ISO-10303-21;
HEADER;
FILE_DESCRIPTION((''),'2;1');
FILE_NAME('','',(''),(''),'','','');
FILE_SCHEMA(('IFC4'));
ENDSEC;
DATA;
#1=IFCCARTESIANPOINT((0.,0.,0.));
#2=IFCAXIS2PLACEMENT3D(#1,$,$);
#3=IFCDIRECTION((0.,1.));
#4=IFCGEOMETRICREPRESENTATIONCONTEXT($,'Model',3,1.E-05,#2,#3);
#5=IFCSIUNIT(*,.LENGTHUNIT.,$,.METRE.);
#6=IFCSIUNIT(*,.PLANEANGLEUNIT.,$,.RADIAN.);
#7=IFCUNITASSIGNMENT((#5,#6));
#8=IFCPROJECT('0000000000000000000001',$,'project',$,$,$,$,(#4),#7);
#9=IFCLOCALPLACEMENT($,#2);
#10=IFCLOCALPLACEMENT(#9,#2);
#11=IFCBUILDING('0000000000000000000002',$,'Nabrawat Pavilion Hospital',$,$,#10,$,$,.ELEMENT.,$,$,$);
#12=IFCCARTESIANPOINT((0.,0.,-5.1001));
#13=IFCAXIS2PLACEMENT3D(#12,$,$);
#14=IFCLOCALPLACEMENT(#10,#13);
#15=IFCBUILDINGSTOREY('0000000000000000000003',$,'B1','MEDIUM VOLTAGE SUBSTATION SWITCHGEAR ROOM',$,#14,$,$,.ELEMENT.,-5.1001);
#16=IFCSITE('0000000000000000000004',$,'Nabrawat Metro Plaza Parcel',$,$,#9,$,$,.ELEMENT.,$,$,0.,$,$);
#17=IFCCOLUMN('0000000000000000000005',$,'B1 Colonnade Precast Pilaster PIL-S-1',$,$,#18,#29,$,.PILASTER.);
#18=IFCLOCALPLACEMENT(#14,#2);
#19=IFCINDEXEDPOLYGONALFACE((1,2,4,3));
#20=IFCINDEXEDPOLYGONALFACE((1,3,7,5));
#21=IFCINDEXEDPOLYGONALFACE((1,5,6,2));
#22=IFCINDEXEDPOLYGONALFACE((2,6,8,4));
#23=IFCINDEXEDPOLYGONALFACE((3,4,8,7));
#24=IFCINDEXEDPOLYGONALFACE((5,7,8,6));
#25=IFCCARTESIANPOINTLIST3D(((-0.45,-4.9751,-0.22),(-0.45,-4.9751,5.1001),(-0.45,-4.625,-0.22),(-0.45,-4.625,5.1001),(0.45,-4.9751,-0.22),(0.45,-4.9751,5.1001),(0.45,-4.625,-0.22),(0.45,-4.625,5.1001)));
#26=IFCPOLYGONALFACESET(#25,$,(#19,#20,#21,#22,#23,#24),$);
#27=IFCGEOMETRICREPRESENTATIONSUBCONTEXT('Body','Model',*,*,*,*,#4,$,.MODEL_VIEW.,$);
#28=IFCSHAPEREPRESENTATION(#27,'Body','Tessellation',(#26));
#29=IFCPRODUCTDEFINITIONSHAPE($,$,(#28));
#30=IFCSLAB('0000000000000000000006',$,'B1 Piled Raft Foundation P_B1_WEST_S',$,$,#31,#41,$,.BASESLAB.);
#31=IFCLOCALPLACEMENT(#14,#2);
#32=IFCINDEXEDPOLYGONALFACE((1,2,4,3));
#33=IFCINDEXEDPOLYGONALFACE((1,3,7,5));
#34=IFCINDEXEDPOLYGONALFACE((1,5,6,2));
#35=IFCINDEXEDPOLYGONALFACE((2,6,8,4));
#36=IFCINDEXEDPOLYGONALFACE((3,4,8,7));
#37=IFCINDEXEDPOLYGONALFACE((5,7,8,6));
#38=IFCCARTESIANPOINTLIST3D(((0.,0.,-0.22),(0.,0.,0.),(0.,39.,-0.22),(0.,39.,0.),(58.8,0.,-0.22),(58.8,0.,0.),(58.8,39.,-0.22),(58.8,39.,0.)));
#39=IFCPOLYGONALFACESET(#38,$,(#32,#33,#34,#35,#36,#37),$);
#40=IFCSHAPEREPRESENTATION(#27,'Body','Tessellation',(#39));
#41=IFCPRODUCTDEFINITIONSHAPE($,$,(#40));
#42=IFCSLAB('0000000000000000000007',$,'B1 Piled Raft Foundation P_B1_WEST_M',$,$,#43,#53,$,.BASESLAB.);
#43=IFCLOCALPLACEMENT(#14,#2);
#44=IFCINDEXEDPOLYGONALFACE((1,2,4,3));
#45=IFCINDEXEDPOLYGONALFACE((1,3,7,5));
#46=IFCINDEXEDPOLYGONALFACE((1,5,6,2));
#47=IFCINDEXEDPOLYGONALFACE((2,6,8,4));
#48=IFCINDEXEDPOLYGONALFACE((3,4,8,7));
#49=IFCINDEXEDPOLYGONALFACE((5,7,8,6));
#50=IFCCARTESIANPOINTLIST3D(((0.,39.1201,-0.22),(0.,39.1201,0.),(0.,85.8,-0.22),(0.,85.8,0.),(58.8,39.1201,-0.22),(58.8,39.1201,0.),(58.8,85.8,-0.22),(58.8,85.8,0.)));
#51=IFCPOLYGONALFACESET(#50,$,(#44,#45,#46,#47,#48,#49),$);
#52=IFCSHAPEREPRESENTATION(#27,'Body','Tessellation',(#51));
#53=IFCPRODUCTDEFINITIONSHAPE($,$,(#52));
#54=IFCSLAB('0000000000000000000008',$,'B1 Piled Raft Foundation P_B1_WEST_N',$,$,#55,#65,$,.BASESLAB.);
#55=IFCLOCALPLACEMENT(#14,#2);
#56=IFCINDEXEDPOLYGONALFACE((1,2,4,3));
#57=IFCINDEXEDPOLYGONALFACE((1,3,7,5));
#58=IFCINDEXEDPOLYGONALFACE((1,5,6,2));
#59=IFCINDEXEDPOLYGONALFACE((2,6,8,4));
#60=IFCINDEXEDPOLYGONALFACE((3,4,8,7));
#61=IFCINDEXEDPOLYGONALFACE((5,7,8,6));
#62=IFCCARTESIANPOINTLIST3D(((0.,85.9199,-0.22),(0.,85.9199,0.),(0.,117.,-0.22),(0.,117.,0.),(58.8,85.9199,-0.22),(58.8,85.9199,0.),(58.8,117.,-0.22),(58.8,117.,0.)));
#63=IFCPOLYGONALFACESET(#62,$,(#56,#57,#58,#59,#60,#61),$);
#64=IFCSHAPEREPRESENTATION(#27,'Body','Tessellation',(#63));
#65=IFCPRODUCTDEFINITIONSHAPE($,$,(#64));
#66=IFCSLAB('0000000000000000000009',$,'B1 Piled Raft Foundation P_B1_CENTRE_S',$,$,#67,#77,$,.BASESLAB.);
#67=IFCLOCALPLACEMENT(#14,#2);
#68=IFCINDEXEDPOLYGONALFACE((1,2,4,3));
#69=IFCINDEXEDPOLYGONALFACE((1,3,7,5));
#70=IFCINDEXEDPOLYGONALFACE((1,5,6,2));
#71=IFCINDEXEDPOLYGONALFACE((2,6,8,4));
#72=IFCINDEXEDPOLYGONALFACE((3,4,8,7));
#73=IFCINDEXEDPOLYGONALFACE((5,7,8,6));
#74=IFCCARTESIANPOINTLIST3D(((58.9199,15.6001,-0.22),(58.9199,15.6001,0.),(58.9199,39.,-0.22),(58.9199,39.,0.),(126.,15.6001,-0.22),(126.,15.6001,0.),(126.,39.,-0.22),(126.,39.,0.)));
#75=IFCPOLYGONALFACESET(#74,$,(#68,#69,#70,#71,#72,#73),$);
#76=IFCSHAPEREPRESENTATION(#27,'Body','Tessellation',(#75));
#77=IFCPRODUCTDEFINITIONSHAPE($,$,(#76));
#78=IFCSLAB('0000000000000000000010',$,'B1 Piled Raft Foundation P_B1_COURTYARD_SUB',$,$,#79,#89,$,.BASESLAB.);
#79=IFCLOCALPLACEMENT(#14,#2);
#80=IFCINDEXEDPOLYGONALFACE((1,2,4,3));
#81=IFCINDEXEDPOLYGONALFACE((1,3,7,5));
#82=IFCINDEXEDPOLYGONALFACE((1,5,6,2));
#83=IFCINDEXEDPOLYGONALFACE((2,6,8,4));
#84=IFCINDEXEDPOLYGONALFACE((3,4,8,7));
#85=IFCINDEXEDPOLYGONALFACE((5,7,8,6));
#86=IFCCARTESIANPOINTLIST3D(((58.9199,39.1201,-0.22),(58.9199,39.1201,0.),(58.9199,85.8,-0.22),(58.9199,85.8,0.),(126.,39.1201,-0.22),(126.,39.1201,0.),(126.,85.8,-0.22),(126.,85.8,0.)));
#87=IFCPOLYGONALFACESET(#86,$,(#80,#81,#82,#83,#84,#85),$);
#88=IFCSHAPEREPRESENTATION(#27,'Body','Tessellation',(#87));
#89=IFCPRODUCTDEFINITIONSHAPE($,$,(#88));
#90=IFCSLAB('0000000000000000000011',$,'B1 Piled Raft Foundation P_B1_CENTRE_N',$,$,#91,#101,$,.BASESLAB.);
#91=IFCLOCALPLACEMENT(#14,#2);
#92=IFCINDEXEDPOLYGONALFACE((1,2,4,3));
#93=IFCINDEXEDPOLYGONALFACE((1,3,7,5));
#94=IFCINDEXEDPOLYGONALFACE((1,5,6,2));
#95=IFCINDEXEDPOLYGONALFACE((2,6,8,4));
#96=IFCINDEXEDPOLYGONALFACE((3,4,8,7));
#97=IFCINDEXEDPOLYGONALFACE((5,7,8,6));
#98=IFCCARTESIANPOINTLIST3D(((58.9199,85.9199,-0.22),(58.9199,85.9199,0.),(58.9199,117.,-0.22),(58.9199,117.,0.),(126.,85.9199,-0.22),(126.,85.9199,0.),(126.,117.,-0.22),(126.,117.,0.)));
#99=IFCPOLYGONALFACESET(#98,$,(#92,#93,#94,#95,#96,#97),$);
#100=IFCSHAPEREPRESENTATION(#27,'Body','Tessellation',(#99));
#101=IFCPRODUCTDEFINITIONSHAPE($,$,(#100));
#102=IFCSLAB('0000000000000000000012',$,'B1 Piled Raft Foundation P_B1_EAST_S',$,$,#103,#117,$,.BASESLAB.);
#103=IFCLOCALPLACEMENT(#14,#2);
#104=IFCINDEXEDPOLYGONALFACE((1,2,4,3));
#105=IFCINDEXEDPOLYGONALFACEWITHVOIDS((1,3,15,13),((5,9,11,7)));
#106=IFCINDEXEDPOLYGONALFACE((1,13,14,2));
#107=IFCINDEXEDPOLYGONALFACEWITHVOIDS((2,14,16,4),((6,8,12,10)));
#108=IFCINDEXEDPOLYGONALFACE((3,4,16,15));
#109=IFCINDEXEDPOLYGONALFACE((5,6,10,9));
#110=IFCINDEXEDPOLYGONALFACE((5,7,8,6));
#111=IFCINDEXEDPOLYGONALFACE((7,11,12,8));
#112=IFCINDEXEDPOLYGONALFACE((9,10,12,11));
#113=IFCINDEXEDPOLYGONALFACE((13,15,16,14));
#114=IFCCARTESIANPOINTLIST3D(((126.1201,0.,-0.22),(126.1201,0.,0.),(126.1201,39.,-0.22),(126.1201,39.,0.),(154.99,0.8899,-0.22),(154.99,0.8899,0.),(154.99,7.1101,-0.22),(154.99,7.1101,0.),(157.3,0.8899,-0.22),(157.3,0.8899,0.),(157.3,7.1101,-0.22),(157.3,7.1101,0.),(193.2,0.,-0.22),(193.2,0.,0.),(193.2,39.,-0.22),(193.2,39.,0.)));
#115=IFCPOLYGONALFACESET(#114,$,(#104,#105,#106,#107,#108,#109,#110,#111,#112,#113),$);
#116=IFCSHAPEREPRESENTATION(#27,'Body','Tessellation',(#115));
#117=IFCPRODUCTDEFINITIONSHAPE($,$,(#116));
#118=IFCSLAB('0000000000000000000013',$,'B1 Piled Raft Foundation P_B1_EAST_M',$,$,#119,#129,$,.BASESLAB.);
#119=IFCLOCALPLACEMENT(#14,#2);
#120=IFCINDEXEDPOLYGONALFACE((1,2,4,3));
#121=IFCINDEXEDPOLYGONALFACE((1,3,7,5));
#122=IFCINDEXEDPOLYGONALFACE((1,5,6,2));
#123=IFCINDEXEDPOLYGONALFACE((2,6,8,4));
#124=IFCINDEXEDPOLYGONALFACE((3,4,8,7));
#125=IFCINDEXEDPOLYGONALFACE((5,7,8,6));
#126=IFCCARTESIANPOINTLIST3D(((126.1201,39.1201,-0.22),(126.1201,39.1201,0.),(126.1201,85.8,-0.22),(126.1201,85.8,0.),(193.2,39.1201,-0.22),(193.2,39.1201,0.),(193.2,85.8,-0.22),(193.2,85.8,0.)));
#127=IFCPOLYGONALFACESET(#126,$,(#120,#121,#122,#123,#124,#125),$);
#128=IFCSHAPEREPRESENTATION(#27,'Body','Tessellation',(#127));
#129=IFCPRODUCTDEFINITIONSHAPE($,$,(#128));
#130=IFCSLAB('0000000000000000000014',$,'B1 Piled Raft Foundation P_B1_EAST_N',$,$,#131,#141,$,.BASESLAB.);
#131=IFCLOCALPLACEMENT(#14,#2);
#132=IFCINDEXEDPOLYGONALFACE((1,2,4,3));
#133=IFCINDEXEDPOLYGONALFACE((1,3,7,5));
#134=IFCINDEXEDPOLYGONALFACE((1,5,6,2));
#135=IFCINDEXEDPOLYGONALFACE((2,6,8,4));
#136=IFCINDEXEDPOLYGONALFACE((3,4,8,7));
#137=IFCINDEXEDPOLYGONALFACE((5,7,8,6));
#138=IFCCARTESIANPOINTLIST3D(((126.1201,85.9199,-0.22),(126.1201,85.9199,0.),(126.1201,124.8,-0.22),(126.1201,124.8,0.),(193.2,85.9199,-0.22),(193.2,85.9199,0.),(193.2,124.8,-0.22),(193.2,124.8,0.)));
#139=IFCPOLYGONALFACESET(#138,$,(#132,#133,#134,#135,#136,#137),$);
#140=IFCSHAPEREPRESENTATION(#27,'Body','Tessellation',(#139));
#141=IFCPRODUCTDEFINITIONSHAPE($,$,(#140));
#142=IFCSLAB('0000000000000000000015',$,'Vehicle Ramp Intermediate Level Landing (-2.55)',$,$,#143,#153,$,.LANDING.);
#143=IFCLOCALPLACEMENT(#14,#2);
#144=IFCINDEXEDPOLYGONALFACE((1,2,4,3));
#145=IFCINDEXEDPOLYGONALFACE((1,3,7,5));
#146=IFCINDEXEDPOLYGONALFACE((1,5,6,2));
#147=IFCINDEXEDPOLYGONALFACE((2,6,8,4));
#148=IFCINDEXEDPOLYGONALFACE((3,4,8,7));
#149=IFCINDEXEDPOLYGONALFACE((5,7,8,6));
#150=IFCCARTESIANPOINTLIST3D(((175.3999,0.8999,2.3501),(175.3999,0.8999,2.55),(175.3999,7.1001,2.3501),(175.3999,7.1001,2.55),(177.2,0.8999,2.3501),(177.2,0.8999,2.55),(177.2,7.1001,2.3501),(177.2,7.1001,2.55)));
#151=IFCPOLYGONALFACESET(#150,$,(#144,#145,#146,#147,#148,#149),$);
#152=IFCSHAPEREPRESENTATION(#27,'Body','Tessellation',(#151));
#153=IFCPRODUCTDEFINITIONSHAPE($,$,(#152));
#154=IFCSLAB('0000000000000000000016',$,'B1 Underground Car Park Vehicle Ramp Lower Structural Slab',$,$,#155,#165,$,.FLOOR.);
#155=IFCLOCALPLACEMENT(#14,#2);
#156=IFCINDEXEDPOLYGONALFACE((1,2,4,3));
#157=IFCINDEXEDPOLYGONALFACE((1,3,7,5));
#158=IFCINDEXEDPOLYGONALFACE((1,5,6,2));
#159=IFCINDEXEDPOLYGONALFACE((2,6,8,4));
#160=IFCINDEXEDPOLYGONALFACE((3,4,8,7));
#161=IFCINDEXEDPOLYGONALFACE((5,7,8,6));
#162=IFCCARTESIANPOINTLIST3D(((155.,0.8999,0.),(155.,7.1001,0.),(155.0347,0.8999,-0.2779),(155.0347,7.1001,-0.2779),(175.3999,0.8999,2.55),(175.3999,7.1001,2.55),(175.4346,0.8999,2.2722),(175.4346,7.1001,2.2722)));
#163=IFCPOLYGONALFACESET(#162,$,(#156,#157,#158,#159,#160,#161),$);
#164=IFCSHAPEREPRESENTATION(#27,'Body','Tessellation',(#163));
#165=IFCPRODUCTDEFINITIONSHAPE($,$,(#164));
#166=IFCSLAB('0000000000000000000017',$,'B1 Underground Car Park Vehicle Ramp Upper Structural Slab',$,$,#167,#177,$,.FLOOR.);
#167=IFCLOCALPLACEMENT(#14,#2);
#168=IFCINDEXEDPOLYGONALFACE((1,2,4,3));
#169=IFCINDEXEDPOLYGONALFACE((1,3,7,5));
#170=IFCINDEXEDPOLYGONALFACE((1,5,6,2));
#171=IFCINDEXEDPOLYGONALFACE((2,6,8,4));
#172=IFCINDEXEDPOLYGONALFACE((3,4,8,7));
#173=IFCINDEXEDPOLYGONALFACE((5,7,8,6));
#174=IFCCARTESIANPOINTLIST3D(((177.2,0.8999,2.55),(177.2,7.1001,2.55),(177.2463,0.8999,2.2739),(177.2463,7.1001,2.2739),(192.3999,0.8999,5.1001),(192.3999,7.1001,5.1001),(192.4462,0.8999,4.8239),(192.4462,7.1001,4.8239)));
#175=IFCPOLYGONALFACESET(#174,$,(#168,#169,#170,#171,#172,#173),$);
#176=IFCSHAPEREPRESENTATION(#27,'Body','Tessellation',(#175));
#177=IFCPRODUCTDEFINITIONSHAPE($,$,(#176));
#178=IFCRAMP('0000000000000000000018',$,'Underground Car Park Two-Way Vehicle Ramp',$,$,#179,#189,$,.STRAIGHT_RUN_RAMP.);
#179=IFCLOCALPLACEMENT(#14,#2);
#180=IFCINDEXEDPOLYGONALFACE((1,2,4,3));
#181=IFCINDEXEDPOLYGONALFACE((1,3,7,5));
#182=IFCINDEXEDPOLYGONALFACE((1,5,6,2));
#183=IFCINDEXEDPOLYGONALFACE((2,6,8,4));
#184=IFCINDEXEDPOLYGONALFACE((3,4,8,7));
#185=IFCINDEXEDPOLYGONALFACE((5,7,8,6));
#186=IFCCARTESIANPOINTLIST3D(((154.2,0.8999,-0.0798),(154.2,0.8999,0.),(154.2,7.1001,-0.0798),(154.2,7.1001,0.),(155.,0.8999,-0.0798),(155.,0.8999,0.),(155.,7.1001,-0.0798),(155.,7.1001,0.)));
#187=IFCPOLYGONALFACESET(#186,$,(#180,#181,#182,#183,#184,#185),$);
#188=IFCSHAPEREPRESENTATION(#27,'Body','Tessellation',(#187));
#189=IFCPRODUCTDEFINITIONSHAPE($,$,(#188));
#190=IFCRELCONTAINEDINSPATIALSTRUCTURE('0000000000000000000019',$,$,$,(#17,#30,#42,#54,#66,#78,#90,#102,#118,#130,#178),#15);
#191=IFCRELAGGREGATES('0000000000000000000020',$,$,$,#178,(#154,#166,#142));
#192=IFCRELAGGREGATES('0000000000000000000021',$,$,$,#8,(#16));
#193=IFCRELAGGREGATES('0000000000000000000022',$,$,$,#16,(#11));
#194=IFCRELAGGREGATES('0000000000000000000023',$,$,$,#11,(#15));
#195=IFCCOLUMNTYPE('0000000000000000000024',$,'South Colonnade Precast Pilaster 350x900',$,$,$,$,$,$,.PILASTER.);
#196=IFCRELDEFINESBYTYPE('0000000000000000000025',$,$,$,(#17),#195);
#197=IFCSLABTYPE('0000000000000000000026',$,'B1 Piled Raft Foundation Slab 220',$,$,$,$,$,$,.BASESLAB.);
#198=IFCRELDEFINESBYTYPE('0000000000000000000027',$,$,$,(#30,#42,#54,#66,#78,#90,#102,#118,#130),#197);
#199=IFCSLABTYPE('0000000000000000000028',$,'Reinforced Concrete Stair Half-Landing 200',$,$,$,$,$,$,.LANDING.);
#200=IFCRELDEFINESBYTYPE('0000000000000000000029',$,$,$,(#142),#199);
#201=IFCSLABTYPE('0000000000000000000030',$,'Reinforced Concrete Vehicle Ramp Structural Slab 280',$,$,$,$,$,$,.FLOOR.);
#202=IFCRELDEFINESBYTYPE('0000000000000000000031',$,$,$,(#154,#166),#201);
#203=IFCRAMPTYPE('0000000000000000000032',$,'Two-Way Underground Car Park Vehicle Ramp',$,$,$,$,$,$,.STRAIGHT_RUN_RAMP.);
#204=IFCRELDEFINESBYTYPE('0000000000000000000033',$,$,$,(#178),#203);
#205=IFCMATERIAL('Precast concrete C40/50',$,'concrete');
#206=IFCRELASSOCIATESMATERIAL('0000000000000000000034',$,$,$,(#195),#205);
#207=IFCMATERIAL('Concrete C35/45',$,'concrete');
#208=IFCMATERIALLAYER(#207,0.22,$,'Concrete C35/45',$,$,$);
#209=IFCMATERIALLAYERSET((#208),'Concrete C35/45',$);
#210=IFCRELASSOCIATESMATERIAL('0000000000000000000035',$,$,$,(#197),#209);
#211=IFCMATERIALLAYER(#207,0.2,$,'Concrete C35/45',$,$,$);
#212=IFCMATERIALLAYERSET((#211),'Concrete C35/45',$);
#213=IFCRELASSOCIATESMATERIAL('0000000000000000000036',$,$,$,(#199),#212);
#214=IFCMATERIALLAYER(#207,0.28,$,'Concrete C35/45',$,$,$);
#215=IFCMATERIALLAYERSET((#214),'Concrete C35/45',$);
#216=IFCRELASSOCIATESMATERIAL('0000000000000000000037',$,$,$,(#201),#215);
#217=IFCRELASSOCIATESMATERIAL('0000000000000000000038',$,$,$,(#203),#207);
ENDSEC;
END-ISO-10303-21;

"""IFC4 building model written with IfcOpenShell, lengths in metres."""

from ifc_helpers import new_model, si_unit, direction, frame, origin, origin_2d, place, context, subcontext, project, spatial, polyline, rectangle, outline, extrude, material, layer, layer_set, material_profile, profile_set, type_object, element, aggregate, save


model = new_model("IFC4")

# Units and contexts
model_context = context("Model", 3, precision=1e-05, world=origin(), true_north=direction((0.0, 1.0)))
body_context = subcontext(model_context, "Body", "Model", "MODEL_VIEW")
ifc_project = project(units=[si_unit("LENGTHUNIT", "METRE"), si_unit("PLANEANGLEUNIT", "RADIAN")], contexts=[model_context])

# Site, building, storey
site_placement = place(None, origin())
site = spatial("IfcSite", under=ifc_project, at=site_placement, Name="Nabrawat Metro Plaza Parcel", CompositionType="ELEMENT", RefElevation=0.0)
building_placement = place(site_placement, origin())
building = spatial("IfcBuilding", under=site, at=building_placement, Name="Nabrawat Pavilion Hospital", CompositionType="ELEMENT")
storey_placement = place(building_placement, frame((0.0, 0.0, -5.1001)))
storey = spatial("IfcBuildingStorey", under=building, at=storey_placement, Name="B1", Description="MEDIUM VOLTAGE SUBSTATION SWITCHGEAR ROOM", CompositionType="ELEMENT", Elevation=-5.1001)

# Shared definitions
ifc_material_1 = material(Name="Concrete C35/45", Category="concrete")

# Column
ifc_material_2 = material(Name="Precast concrete C40/50", Category="concrete")
ifc_material_profile_1 = material_profile(ifc_material_2, rectangle(XDim=0.3501, YDim=0.8999, at=origin_2d()), Name="PC 350x900")
ifc_profile_set_1 = profile_set([ifc_material_profile_1], Name="Precast concrete C40/50")
column_type_1 = type_object("IfcColumnType", Name="South Colonnade Precast Pilaster 350x900", PredefinedType="PILASTER", material=ifc_profile_set_1)
column_1_placement = place(storey_placement, frame((0.0, -4.8, -0.22), z_axis=(0.0, 0.0, 1.0), x_axis=(0.0, 1.0, 0.0)))
element("IfcColumn", 1, at=column_1_placement, inside=storey, type_object=column_type_1, Name="B1 Colonnade Precast Pilaster PIL-S-1", PredefinedType="PILASTER", context=body_context, shape_type="SweptSolid", body=[
    extrude(rectangle(XDim=0.3501, YDim=0.8999, at=origin_2d()), origin(), (0.0, 0.0, 1.0), 5.3201),
])

# Slabs
ifc_layer_1 = layer(ifc_material_1, 0.22, Name="Concrete C35/45")
ifc_layer_set_1 = layer_set([ifc_layer_1], Name="Concrete C35/45")
slab_type_1 = type_object("IfcSlabType", Name="B1 Piled Raft Foundation Slab 220", PredefinedType="BASESLAB", material=ifc_layer_set_1)
slab_1_placement = place(storey_placement, frame((0.0, 0.0, -0.22)))
element("IfcSlab", 2, at=slab_1_placement, inside=storey, type_object=slab_type_1, Name="B1 Piled Raft Foundation P_B1_WEST_S", PredefinedType="BASESLAB", context=body_context, shape_type="SweptSolid", body=[
    extrude(outline(polyline([(58.8, 0.0), (58.8, 39.0), (0.0, 39.0), (0.0, 0.0), (58.8, 0.0)])), origin(), (0.0, 0.0, 1.0), 0.22),
])
slab_2_placement = place(storey_placement, frame((0.0, 0.0, -0.22)))
element("IfcSlab", 3, at=slab_2_placement, inside=storey, type_object=slab_type_1, Name="B1 Piled Raft Foundation P_B1_WEST_M", PredefinedType="BASESLAB", context=body_context, shape_type="SweptSolid", body=[
    extrude(outline(polyline([(58.8, 39.1201), (58.8, 85.8), (0.0, 85.8), (0.0, 39.1201), (58.8, 39.1201)])), origin(), (0.0, 0.0, 1.0), 0.22),
])
slab_3_placement = place(storey_placement, frame((0.0, 0.0, -0.22)))
element("IfcSlab", 4, at=slab_3_placement, inside=storey, type_object=slab_type_1, Name="B1 Piled Raft Foundation P_B1_WEST_N", PredefinedType="BASESLAB", context=body_context, shape_type="SweptSolid", body=[
    extrude(outline(polyline([(58.8, 85.9199), (58.8, 117.0), (0.0, 117.0), (0.0, 85.9199), (58.8, 85.9199)])), origin(), (0.0, 0.0, 1.0), 0.22),
])
slab_4_placement = place(storey_placement, frame((0.0, 0.0, -0.22)))
element("IfcSlab", 5, at=slab_4_placement, inside=storey, type_object=slab_type_1, Name="B1 Piled Raft Foundation P_B1_CENTRE_S", PredefinedType="BASESLAB", context=body_context, shape_type="SweptSolid", body=[
    extrude(outline(polyline([(126.0, 15.6001), (126.0, 39.0), (58.9199, 39.0), (58.9199, 15.6001), (126.0, 15.6001)])), origin(), (0.0, 0.0, 1.0), 0.22),
])
slab_5_placement = place(storey_placement, frame((0.0, 0.0, -0.22)))
element("IfcSlab", 6, at=slab_5_placement, inside=storey, type_object=slab_type_1, Name="B1 Piled Raft Foundation P_B1_COURTYARD_SUB", PredefinedType="BASESLAB", context=body_context, shape_type="SweptSolid", body=[
    extrude(outline(polyline([(126.0, 39.1201), (126.0, 85.8), (58.9199, 85.8), (58.9199, 39.1201), (126.0, 39.1201)])), origin(), (0.0, 0.0, 1.0), 0.22),
])
slab_6_placement = place(storey_placement, frame((0.0, 0.0, -0.22)))
element("IfcSlab", 7, at=slab_6_placement, inside=storey, type_object=slab_type_1, Name="B1 Piled Raft Foundation P_B1_CENTRE_N", PredefinedType="BASESLAB", context=body_context, shape_type="SweptSolid", body=[
    extrude(outline(polyline([(126.0, 85.9199), (126.0, 117.0), (58.9199, 117.0), (58.9199, 85.9199), (126.0, 85.9199)])), origin(), (0.0, 0.0, 1.0), 0.22),
])
slab_7_placement = place(storey_placement, frame((0.0, 0.0, -0.22)))
element("IfcSlab", 8, at=slab_7_placement, inside=storey, type_object=slab_type_1, Name="B1 Piled Raft Foundation P_B1_EAST_S", PredefinedType="BASESLAB", context=body_context, shape_type="SweptSolid", body=[
    extrude(outline(polyline([(126.1201, 0.0), (193.2, 0.0), (193.2, 39.0), (126.1201, 39.0), (126.1201, 0.0)]), holes=[polyline([(154.99, 0.8899), (154.99, 7.1101), (157.3, 7.1101), (157.3, 0.8899), (154.99, 0.8899)])]), origin(), (0.0, 0.0, 1.0), 0.22),
])
slab_8_placement = place(storey_placement, frame((0.0, 0.0, -0.22)))
element("IfcSlab", 9, at=slab_8_placement, inside=storey, type_object=slab_type_1, Name="B1 Piled Raft Foundation P_B1_EAST_M", PredefinedType="BASESLAB", context=body_context, shape_type="SweptSolid", body=[
    extrude(outline(polyline([(193.2, 39.1201), (193.2, 85.8), (126.1201, 85.8), (126.1201, 39.1201), (193.2, 39.1201)])), origin(), (0.0, 0.0, 1.0), 0.22),
])
slab_9_placement = place(storey_placement, frame((0.0, 0.0, -0.22)))
element("IfcSlab", 10, at=slab_9_placement, inside=storey, type_object=slab_type_1, Name="B1 Piled Raft Foundation P_B1_EAST_N", PredefinedType="BASESLAB", context=body_context, shape_type="SweptSolid", body=[
    extrude(outline(polyline([(193.2, 85.9199), (193.2, 124.8), (126.1201, 124.8), (126.1201, 85.9199), (193.2, 85.9199)])), origin(), (0.0, 0.0, 1.0), 0.22),
])

# Slabs
ifc_layer_2 = layer(ifc_material_1, 0.2, Name="Concrete C35/45")
ifc_layer_set_2 = layer_set([ifc_layer_2], Name="Concrete C35/45")
slab_type_2 = type_object("IfcSlabType", Name="Reinforced Concrete Stair Half-Landing 200", PredefinedType="LANDING", material=ifc_layer_set_2)
slab_10_placement = place(storey_placement, frame((0.0, 0.0, 2.3501)))
slab_10 = element("IfcSlab", 11, at=slab_10_placement, type_object=slab_type_2, Name="Vehicle Ramp Intermediate Level Landing (-2.55)", PredefinedType="LANDING", context=body_context, shape_type="SweptSolid", body=[
    extrude(outline(polyline([(177.2, 0.8999), (177.2, 7.1001), (175.3999, 7.1001), (175.3999, 0.8999), (177.2, 0.8999)])), origin(), (0.0, 0.0, 1.0), 0.2),
])
ifc_layer_3 = layer(ifc_material_1, 0.28, Name="Concrete C35/45")
ifc_layer_set_3 = layer_set([ifc_layer_3], Name="Concrete C35/45")
slab_type_3 = type_object("IfcSlabType", Name="Reinforced Concrete Vehicle Ramp Structural Slab 280", PredefinedType="FLOOR", material=ifc_layer_set_3)
slab_11_placement = place(storey_placement, frame((155.0, 0.8999, 0.0), z_axis=(-0.124038, 0.0, 0.992278), x_axis=(0.992278, 0.0, 0.124038)))
slab_11 = element("IfcSlab", 12, at=slab_11_placement, type_object=slab_type_3, Name="B1 Underground Car Park Vehicle Ramp Lower Structural Slab", PredefinedType="FLOOR", context=body_context, shape_type="SweptSolid", body=[
    extrude(outline(polyline([(0.0, 0.0), (20.5587, 0.0), (20.5587, 6.2002), (0.0, 6.2002), (0.0, 0.0)])), origin(), (0.0, 0.0, -1.0), 0.28),
])
slab_12_placement = place(storey_placement, frame((177.2, 0.8999, 2.55), z_axis=(-0.165455, 0.0, 0.986217), x_axis=(0.986217, 0.0, 0.165455)))
slab_12 = element("IfcSlab", 13, at=slab_12_placement, type_object=slab_type_3, Name="B1 Underground Car Park Vehicle Ramp Upper Structural Slab", PredefinedType="FLOOR", context=body_context, shape_type="SweptSolid", body=[
    extrude(outline(polyline([(0.0, 0.0), (15.4124, 0.0), (15.4124, 6.2002), (0.0, 6.2002), (0.0, 0.0)])), origin(), (0.0, 0.0, -1.0), 0.28),
])

# Ramp
ramp_type = type_object("IfcRampType", Name="Two-Way Underground Car Park Vehicle Ramp", PredefinedType="STRAIGHT_RUN_RAMP", material=ifc_material_1)
ramp_placement = place(storey_placement, frame((0.0, 0.0, -0.0798)))
ramp = element("IfcRamp", 14, at=ramp_placement, inside=storey, type_object=ramp_type, Name="Underground Car Park Two-Way Vehicle Ramp", PredefinedType="STRAIGHT_RUN_RAMP", context=body_context, shape_type="SweptSolid", body=[
    extrude(outline(polyline([(155.0, 0.8999), (155.0, 7.1001), (154.2, 7.1001), (154.2, 0.8999), (155.0, 0.8999)])), origin(), (0.0, 0.0, 1.0), 0.0798),
])
aggregate(ramp, [slab_11, slab_12, slab_10])

save(model, "model.ifc")
